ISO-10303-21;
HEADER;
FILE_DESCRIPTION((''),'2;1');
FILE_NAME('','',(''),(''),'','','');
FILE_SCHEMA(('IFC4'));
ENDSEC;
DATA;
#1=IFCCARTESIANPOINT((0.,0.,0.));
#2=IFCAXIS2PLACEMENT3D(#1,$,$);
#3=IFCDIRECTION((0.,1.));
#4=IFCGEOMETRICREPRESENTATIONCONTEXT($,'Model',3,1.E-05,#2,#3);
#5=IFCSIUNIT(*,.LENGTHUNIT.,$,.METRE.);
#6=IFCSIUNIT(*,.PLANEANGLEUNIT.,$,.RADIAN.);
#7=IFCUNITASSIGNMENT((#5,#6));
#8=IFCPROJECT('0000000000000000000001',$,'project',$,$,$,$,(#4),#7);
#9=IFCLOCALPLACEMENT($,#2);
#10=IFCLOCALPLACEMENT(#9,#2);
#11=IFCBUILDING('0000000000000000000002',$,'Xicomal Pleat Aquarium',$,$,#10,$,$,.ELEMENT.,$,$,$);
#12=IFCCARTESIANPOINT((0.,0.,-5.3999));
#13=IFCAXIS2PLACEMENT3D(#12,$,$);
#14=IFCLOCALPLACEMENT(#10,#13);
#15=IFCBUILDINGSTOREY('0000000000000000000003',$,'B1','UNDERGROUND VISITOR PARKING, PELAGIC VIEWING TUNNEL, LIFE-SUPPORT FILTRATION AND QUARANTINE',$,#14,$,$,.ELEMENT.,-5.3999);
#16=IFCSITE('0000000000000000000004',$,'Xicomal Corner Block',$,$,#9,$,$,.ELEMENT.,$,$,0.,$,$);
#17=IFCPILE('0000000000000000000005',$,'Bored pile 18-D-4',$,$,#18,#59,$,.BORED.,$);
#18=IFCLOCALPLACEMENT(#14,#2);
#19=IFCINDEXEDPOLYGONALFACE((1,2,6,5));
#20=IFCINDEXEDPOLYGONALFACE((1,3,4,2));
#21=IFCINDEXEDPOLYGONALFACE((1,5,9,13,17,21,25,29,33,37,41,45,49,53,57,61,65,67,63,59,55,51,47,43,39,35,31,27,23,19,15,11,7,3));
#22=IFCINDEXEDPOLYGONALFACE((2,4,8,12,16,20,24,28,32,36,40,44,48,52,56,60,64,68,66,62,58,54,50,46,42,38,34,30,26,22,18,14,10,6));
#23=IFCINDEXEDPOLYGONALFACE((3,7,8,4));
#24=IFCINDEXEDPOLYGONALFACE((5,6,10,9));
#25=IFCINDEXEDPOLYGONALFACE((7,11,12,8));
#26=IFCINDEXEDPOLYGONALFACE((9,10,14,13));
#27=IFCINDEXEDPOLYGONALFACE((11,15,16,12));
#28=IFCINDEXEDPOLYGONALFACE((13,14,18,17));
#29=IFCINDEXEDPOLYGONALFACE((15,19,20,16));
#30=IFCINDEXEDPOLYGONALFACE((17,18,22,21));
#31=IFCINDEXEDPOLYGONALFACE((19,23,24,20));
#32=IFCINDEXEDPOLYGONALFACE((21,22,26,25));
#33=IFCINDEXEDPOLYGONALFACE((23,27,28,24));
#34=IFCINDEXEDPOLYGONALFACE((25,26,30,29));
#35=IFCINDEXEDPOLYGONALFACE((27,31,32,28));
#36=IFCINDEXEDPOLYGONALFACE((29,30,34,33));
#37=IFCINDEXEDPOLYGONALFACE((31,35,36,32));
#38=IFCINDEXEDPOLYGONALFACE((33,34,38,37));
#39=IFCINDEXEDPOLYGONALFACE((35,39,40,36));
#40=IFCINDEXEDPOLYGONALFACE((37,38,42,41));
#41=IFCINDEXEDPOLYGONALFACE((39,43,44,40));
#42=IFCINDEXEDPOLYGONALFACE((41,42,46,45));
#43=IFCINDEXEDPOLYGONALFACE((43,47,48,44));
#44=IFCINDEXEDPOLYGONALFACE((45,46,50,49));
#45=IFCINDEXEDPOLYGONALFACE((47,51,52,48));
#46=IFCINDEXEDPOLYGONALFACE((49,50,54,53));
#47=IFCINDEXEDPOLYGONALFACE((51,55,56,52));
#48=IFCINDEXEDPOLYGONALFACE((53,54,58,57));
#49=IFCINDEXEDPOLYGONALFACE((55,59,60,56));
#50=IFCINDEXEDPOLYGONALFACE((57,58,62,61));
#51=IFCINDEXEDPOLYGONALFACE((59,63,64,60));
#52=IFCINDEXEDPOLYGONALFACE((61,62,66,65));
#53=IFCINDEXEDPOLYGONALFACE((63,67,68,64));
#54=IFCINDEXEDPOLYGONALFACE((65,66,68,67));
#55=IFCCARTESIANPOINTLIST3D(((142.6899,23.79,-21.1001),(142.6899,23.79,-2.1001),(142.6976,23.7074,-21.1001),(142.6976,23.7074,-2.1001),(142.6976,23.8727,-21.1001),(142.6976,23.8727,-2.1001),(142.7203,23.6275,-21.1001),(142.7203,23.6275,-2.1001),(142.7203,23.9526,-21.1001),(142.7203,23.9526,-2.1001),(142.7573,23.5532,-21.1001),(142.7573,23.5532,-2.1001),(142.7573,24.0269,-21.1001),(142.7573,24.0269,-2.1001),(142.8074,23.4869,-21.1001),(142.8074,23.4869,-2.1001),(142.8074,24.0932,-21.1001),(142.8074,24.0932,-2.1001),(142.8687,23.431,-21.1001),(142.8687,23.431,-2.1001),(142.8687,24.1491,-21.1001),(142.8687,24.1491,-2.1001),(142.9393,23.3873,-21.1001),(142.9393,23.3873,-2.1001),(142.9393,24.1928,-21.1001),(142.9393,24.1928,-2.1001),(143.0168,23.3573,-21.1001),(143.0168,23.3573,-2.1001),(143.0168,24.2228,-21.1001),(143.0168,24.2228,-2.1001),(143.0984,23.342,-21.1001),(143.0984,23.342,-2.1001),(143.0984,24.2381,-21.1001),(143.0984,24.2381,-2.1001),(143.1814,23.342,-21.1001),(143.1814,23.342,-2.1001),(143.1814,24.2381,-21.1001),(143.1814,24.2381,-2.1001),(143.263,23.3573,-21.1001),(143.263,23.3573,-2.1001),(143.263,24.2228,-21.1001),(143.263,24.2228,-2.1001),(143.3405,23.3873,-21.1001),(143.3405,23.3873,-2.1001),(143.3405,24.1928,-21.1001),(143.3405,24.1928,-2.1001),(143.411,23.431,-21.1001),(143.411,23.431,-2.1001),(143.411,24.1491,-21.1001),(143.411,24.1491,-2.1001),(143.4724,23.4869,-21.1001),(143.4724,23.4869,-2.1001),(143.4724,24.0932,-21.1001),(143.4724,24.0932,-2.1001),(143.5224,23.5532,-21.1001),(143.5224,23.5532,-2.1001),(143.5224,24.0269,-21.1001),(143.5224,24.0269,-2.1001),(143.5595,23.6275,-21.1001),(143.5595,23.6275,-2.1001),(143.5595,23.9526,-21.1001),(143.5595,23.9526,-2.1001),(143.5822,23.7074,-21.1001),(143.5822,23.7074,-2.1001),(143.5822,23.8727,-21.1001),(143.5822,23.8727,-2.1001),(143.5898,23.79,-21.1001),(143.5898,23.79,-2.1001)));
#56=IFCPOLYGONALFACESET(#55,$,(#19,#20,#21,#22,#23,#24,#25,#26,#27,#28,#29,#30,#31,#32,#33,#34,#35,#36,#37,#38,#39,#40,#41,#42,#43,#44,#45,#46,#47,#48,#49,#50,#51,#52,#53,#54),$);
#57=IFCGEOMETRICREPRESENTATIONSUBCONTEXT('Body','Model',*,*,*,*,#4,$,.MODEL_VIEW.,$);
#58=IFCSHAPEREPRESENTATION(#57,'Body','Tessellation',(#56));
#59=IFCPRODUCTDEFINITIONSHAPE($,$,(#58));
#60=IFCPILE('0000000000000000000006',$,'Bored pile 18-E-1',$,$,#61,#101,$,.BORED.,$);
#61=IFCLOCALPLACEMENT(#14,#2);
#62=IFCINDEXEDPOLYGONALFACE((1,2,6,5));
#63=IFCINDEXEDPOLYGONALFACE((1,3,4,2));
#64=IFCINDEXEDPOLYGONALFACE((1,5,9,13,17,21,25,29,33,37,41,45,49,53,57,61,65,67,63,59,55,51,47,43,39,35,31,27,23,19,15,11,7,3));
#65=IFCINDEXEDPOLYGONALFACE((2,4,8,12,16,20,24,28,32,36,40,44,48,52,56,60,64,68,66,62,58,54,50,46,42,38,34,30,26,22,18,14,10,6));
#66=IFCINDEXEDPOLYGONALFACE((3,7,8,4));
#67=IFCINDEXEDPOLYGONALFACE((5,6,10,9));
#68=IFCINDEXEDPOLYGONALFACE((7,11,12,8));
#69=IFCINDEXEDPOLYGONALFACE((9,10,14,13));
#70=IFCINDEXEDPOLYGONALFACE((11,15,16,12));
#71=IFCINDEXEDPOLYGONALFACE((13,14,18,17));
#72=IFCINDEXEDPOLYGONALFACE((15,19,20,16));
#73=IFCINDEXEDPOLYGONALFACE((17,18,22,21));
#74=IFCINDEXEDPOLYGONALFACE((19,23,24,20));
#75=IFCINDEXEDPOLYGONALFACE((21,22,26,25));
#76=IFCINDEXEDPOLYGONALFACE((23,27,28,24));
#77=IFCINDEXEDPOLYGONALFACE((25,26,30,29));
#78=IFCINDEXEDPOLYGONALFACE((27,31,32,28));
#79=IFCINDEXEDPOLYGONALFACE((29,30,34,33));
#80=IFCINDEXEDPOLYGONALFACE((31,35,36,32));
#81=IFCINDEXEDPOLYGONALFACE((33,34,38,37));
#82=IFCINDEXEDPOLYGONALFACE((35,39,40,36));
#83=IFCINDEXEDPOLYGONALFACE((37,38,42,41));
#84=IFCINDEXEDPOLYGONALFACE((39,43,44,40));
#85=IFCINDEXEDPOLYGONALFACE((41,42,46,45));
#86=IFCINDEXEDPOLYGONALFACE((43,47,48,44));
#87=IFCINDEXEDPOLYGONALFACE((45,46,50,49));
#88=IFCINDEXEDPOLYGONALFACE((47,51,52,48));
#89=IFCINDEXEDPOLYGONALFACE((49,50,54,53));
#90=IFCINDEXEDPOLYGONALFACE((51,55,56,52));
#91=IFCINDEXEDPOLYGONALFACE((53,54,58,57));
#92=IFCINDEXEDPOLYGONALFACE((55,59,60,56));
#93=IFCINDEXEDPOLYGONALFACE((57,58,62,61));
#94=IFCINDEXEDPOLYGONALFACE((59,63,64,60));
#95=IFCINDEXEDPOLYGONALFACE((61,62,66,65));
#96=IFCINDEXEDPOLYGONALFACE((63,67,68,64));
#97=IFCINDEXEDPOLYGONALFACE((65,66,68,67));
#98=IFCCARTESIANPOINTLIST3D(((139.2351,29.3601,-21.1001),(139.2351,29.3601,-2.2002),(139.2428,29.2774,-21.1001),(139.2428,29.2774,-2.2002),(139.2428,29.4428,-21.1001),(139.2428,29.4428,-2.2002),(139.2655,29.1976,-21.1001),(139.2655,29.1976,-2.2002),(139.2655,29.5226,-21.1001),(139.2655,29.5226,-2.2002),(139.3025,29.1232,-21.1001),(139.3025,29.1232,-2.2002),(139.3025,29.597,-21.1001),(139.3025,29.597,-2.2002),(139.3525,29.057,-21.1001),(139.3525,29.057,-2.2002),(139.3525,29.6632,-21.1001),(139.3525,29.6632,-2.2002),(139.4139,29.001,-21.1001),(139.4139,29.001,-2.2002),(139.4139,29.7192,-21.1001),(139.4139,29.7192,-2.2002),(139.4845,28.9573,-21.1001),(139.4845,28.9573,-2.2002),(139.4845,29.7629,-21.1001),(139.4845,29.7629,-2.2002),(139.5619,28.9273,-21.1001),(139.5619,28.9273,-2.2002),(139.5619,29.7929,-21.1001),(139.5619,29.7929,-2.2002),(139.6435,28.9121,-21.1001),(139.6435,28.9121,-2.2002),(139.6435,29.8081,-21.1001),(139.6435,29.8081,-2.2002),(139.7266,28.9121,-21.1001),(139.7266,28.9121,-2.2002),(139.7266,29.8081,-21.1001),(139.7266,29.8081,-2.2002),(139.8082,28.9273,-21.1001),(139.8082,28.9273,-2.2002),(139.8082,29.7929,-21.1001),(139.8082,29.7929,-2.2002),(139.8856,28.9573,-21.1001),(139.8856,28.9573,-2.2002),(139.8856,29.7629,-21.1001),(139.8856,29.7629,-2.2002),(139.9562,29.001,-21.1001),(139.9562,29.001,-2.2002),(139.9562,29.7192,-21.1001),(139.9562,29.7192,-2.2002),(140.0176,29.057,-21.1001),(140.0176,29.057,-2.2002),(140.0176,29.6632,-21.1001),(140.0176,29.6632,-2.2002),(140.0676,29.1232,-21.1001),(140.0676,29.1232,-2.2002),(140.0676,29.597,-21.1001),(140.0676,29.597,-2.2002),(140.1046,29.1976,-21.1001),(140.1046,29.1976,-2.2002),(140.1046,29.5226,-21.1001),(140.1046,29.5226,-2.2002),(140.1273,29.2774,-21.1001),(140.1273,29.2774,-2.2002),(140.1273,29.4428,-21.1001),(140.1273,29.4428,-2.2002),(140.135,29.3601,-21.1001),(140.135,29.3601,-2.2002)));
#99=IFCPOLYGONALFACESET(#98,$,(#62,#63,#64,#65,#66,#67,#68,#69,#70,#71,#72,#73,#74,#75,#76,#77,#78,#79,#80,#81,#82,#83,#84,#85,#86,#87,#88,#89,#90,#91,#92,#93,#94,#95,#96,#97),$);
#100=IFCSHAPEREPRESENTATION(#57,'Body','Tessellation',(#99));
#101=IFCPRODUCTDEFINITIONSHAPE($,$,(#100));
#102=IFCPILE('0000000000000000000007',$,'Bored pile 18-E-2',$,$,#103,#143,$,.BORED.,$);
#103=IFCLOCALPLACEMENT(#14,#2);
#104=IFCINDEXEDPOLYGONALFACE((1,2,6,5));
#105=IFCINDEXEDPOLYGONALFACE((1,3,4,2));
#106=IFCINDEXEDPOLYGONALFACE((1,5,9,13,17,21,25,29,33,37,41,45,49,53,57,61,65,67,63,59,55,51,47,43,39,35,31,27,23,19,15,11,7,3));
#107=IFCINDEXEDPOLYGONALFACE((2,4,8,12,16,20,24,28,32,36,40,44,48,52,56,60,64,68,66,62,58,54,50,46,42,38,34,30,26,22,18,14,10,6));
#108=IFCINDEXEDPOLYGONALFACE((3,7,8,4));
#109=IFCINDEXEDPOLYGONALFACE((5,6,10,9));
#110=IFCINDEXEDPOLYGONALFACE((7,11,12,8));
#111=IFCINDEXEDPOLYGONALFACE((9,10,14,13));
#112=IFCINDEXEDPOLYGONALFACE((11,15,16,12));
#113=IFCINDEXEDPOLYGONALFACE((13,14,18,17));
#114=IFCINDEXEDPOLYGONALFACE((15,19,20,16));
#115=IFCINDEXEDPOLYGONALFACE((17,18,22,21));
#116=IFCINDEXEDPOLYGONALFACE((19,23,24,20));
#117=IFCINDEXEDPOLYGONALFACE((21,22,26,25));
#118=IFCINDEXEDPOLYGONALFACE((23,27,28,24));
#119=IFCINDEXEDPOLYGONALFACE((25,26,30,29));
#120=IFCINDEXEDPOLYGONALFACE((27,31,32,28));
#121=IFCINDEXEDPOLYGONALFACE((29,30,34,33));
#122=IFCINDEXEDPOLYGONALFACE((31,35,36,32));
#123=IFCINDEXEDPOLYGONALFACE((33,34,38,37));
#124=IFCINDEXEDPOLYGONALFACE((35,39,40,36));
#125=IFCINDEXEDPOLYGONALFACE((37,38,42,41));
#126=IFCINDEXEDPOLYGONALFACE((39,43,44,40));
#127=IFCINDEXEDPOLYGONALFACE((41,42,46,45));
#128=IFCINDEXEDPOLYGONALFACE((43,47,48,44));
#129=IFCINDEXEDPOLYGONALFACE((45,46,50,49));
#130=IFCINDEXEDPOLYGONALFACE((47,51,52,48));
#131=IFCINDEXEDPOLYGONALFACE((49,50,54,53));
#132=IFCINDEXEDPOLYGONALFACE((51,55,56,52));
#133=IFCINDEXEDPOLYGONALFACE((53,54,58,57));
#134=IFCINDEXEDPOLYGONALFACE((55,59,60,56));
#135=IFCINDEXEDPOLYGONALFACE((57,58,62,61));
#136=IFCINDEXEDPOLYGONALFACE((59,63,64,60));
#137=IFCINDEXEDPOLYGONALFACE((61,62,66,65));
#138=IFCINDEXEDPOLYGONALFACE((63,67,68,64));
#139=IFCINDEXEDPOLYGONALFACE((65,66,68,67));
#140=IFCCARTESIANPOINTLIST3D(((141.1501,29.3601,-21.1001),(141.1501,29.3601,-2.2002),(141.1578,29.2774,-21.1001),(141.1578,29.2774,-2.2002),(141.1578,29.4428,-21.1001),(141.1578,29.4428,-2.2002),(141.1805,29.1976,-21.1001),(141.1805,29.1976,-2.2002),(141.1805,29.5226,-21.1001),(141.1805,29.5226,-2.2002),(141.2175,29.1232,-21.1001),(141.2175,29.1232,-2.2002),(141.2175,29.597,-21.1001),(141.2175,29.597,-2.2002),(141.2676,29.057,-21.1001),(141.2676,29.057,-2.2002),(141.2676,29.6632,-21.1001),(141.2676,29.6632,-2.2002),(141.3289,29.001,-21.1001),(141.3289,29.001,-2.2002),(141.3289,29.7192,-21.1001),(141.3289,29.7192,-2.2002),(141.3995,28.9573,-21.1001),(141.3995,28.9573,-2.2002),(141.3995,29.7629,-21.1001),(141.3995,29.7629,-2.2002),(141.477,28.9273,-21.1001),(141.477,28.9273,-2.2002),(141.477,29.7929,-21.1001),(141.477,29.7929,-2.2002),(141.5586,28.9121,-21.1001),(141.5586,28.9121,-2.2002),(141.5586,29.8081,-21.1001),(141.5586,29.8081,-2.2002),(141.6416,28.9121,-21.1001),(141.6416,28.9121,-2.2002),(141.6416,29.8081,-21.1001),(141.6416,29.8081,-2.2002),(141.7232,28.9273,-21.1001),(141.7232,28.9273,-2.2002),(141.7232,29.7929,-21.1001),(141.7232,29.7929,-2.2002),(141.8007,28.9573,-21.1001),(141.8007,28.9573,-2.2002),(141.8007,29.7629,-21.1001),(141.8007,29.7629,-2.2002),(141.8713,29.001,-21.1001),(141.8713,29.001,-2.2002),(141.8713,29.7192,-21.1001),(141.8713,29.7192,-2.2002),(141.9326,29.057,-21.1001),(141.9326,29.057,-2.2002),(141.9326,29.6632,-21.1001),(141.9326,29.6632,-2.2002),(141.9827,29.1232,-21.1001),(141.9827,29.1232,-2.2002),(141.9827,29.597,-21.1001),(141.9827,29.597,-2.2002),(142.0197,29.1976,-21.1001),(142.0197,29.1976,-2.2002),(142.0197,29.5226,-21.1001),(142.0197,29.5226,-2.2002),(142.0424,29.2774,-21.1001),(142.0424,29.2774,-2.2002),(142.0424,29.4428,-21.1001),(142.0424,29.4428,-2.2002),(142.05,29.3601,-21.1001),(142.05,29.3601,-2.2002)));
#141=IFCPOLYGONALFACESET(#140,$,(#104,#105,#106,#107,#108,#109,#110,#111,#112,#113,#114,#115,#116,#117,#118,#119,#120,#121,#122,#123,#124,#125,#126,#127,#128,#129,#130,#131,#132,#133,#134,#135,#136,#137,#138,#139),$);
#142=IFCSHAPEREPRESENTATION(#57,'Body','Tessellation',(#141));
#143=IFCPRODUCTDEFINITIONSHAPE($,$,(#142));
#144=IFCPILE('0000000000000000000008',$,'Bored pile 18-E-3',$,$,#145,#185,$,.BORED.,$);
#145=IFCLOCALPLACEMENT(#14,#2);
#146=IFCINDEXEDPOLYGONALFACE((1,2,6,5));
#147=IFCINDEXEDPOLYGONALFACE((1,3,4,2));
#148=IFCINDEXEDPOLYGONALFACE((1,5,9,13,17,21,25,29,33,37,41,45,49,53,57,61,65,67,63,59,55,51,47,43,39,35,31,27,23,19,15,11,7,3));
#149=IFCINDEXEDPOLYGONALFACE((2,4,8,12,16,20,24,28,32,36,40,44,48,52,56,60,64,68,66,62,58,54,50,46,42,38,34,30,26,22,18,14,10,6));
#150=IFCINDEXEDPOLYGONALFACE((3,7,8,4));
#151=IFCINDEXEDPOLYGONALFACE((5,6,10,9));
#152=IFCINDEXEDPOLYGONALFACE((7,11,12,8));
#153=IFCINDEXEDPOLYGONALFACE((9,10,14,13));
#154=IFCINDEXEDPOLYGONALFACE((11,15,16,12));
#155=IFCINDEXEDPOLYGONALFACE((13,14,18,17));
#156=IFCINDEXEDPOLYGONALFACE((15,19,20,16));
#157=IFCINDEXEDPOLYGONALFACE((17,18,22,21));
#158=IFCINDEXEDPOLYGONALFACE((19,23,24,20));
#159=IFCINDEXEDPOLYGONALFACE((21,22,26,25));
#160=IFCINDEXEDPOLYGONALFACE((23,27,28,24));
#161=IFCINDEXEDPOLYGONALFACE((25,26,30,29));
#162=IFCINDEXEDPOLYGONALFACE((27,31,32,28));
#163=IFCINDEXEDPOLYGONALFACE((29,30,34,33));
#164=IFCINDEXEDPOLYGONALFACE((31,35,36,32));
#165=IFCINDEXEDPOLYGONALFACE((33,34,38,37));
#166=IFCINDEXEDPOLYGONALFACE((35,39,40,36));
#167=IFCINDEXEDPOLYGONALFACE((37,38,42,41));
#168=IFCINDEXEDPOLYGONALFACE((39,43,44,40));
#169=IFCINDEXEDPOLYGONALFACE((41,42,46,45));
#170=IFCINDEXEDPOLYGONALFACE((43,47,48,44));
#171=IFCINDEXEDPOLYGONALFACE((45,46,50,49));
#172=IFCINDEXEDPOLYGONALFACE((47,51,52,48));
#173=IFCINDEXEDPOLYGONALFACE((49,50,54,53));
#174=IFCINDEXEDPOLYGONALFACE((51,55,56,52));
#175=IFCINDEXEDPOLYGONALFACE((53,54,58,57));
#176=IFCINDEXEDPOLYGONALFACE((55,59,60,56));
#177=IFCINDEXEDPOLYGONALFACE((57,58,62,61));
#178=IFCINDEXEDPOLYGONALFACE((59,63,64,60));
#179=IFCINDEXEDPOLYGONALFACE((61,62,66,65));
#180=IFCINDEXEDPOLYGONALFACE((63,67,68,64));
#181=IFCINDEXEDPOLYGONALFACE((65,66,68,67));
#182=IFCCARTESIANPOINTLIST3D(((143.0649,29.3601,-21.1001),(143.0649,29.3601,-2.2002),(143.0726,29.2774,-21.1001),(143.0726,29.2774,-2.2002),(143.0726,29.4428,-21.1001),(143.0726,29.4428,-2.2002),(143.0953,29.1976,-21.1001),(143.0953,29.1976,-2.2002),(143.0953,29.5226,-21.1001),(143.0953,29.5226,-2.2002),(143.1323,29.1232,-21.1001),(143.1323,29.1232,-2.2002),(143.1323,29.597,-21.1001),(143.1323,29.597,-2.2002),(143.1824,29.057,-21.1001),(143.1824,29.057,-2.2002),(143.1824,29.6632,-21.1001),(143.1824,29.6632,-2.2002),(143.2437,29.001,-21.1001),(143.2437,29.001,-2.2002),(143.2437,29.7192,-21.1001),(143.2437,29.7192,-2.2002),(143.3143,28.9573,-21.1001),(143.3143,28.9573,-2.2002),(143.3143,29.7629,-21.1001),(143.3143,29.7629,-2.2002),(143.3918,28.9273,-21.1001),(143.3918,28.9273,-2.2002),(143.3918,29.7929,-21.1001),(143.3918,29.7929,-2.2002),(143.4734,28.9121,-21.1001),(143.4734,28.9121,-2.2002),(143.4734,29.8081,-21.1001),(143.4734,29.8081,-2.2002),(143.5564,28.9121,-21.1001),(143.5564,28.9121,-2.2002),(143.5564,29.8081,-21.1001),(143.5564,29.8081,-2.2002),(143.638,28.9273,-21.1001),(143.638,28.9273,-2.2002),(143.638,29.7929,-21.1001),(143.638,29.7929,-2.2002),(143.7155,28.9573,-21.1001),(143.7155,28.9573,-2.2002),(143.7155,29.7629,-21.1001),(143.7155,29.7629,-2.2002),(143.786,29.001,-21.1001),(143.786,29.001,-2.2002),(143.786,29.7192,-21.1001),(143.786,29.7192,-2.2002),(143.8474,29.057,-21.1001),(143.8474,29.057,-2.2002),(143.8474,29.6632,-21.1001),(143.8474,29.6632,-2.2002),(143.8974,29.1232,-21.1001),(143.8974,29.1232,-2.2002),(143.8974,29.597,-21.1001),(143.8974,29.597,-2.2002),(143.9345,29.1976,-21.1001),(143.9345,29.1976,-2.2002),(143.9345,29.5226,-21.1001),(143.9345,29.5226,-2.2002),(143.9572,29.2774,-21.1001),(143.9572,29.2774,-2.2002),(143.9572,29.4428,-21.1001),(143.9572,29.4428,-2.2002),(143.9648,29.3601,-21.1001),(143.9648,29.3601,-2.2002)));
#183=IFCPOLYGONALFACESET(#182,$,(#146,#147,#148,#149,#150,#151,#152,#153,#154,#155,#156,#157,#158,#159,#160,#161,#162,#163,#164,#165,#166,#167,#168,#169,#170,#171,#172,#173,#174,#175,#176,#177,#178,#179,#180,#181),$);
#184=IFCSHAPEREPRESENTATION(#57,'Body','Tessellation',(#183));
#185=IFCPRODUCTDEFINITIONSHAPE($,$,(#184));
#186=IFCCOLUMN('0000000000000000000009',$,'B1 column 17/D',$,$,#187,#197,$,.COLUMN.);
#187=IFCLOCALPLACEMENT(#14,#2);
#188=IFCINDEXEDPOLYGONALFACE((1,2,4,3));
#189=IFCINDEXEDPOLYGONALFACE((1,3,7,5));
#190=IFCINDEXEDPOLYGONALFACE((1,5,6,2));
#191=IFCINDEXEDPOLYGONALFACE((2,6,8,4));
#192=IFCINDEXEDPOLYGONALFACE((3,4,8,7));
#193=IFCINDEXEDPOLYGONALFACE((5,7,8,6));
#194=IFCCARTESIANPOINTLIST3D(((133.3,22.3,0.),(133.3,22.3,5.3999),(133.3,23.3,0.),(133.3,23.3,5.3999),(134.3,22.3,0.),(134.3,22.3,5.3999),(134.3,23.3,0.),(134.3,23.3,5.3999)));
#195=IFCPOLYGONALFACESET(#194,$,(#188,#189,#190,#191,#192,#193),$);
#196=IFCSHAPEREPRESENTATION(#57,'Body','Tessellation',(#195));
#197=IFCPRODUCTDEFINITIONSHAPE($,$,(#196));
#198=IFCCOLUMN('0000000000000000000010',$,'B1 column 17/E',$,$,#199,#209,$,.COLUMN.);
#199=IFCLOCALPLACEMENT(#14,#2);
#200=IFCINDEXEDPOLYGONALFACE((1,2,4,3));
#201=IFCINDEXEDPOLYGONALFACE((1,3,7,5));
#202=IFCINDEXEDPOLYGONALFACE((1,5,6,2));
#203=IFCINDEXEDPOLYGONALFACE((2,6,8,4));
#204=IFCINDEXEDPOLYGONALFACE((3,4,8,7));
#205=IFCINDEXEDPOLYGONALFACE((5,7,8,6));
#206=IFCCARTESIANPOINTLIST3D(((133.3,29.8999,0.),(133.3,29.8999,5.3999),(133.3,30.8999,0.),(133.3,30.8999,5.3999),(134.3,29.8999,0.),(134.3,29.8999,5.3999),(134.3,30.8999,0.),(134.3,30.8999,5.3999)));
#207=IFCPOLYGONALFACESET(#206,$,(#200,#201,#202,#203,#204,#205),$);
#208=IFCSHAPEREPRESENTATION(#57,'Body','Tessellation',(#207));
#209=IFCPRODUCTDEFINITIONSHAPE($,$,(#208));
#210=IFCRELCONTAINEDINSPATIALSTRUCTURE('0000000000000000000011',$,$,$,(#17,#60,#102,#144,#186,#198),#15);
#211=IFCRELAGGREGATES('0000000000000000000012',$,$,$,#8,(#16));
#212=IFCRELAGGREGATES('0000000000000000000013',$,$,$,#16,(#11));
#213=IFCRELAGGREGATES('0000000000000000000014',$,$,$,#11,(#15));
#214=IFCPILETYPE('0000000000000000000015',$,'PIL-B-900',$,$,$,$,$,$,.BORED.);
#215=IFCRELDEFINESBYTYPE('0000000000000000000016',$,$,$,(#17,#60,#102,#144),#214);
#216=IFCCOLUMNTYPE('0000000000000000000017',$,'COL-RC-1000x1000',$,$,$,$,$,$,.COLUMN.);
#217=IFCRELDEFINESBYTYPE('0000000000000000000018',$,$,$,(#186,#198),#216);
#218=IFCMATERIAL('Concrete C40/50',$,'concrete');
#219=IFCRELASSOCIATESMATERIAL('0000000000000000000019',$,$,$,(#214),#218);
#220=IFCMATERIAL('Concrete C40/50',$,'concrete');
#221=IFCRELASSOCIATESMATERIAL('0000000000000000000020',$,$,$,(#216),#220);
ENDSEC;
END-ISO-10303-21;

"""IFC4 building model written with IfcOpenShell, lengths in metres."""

from ifc_helpers import new_model, si_unit, direction, frame, origin, origin_2d, place, context, subcontext, project, spatial, rectangle, circle, extrude, material, material_profile, profile_set, type_object, element, save


model = new_model("IFC4")

# Units and contexts
model_context = context("Model", 3, precision=1e-05, world=origin(), true_north=direction((0.0, 1.0)))
body_context = subcontext(model_context, "Body", "Model", "MODEL_VIEW")
ifc_project = project(units=[si_unit("LENGTHUNIT", "METRE"), si_unit("PLANEANGLEUNIT", "RADIAN")], contexts=[model_context])

# Site, building, storey
site_placement = place(None, origin())
site = spatial("IfcSite", under=ifc_project, at=site_placement, Name="Xicomal Corner Block", CompositionType="ELEMENT", RefElevation=0.0)
building_placement = place(site_placement, origin())
building = spatial("IfcBuilding", under=site, at=building_placement, Name="Xicomal Pleat Aquarium", CompositionType="ELEMENT")
storey_placement = place(building_placement, frame((0.0, 0.0, -5.3999)))
storey = spatial("IfcBuildingStorey", under=building, at=storey_placement, Name="B1", Description="UNDERGROUND VISITOR PARKING, PELAGIC VIEWING TUNNEL, LIFE-SUPPORT FILTRATION AND QUARANTINE", CompositionType="ELEMENT", Elevation=-5.3999)

# Piles
ifc_material_1 = material(Name="Concrete C40/50", Category="concrete")
ifc_material_profile_1 = material_profile(ifc_material_1, circle(Radius=0.45, at=origin_2d()), Name="BORED PILE D900")
ifc_profile_set_1 = profile_set([ifc_material_profile_1], Name="Concrete C40/50")
pile_type_1 = type_object("IfcPileType", Name="PIL-B-900", PredefinedType="BORED", material=ifc_profile_set_1)
for number, where, z_axis, x_axis, name in (
    (1, (143.1399, 23.79, -2.1001), (0.0, 0.0, -1.0), (1.0, 0.0, 0.0), "Bored pile 18-D-4"),
):
    element("IfcPile", number, at=place(storey_placement, frame(where, z_axis=z_axis, x_axis=x_axis)), inside=storey, type_object=pile_type_1, Name=name, PredefinedType="BORED", context=body_context, shape_type="SweptSolid", body=[
        extrude(circle(Radius=0.45, at=origin_2d()), origin(), (0.0, 0.0, 1.0), 19.0),
    ])
for number, where, z_axis, x_axis, name in (
    (2, (139.6851, 29.3601, -2.2002), (0.0, 0.0, -1.0), (1.0, 0.0, 0.0), "Bored pile 18-E-1"),
    (3, (141.6001, 29.3601, -2.2002), (0.0, 0.0, -1.0), (1.0, 0.0, 0.0), "Bored pile 18-E-2"),
    (4, (143.5149, 29.3601, -2.2002), (0.0, 0.0, -1.0), (1.0, 0.0, 0.0), "Bored pile 18-E-3"),
):
    element("IfcPile", number, at=place(storey_placement, frame(where, z_axis=z_axis, x_axis=x_axis)), inside=storey, type_object=pile_type_1, Name=name, PredefinedType="BORED", context=body_context, shape_type="SweptSolid", body=[
        extrude(circle(Radius=0.45, at=origin_2d()), origin(), (0.0, 0.0, 1.0), 18.8999),
    ])

# Columns
ifc_material_2 = material(Name="Concrete C40/50", Category="concrete")
ifc_material_profile_2 = material_profile(ifc_material_2, rectangle(XDim=1.0, YDim=1.0, at=origin_2d()), Name="RC 1000x1000")
ifc_profile_set_2 = profile_set([ifc_material_profile_2], Name="Concrete C40/50")
column_type_1 = type_object("IfcColumnType", Name="COL-RC-1000x1000", PredefinedType="COLUMN", material=ifc_profile_set_2)
for number, where, z_axis, x_axis, name in (
    (5, (133.8, 22.8, 0.0), (0.0, 0.0, 1.0), (1.0, 0.0, 0.0), "B1 column 17/D"),
    (6, (133.8, 30.3999, 0.0), (0.0, 0.0, 1.0), (1.0, 0.0, 0.0), "B1 column 17/E"),
):
    element("IfcColumn", number, at=place(storey_placement, frame(where, z_axis=z_axis, x_axis=x_axis)), inside=storey, type_object=column_type_1, Name=name, PredefinedType="COLUMN", context=body_context, shape_type="SweptSolid", body=[
        extrude(rectangle(XDim=1.0, YDim=1.0, at=origin_2d()), origin(), (0.0, 0.0, 1.0), 5.3999),
    ])

save(model, "model.ifc")
